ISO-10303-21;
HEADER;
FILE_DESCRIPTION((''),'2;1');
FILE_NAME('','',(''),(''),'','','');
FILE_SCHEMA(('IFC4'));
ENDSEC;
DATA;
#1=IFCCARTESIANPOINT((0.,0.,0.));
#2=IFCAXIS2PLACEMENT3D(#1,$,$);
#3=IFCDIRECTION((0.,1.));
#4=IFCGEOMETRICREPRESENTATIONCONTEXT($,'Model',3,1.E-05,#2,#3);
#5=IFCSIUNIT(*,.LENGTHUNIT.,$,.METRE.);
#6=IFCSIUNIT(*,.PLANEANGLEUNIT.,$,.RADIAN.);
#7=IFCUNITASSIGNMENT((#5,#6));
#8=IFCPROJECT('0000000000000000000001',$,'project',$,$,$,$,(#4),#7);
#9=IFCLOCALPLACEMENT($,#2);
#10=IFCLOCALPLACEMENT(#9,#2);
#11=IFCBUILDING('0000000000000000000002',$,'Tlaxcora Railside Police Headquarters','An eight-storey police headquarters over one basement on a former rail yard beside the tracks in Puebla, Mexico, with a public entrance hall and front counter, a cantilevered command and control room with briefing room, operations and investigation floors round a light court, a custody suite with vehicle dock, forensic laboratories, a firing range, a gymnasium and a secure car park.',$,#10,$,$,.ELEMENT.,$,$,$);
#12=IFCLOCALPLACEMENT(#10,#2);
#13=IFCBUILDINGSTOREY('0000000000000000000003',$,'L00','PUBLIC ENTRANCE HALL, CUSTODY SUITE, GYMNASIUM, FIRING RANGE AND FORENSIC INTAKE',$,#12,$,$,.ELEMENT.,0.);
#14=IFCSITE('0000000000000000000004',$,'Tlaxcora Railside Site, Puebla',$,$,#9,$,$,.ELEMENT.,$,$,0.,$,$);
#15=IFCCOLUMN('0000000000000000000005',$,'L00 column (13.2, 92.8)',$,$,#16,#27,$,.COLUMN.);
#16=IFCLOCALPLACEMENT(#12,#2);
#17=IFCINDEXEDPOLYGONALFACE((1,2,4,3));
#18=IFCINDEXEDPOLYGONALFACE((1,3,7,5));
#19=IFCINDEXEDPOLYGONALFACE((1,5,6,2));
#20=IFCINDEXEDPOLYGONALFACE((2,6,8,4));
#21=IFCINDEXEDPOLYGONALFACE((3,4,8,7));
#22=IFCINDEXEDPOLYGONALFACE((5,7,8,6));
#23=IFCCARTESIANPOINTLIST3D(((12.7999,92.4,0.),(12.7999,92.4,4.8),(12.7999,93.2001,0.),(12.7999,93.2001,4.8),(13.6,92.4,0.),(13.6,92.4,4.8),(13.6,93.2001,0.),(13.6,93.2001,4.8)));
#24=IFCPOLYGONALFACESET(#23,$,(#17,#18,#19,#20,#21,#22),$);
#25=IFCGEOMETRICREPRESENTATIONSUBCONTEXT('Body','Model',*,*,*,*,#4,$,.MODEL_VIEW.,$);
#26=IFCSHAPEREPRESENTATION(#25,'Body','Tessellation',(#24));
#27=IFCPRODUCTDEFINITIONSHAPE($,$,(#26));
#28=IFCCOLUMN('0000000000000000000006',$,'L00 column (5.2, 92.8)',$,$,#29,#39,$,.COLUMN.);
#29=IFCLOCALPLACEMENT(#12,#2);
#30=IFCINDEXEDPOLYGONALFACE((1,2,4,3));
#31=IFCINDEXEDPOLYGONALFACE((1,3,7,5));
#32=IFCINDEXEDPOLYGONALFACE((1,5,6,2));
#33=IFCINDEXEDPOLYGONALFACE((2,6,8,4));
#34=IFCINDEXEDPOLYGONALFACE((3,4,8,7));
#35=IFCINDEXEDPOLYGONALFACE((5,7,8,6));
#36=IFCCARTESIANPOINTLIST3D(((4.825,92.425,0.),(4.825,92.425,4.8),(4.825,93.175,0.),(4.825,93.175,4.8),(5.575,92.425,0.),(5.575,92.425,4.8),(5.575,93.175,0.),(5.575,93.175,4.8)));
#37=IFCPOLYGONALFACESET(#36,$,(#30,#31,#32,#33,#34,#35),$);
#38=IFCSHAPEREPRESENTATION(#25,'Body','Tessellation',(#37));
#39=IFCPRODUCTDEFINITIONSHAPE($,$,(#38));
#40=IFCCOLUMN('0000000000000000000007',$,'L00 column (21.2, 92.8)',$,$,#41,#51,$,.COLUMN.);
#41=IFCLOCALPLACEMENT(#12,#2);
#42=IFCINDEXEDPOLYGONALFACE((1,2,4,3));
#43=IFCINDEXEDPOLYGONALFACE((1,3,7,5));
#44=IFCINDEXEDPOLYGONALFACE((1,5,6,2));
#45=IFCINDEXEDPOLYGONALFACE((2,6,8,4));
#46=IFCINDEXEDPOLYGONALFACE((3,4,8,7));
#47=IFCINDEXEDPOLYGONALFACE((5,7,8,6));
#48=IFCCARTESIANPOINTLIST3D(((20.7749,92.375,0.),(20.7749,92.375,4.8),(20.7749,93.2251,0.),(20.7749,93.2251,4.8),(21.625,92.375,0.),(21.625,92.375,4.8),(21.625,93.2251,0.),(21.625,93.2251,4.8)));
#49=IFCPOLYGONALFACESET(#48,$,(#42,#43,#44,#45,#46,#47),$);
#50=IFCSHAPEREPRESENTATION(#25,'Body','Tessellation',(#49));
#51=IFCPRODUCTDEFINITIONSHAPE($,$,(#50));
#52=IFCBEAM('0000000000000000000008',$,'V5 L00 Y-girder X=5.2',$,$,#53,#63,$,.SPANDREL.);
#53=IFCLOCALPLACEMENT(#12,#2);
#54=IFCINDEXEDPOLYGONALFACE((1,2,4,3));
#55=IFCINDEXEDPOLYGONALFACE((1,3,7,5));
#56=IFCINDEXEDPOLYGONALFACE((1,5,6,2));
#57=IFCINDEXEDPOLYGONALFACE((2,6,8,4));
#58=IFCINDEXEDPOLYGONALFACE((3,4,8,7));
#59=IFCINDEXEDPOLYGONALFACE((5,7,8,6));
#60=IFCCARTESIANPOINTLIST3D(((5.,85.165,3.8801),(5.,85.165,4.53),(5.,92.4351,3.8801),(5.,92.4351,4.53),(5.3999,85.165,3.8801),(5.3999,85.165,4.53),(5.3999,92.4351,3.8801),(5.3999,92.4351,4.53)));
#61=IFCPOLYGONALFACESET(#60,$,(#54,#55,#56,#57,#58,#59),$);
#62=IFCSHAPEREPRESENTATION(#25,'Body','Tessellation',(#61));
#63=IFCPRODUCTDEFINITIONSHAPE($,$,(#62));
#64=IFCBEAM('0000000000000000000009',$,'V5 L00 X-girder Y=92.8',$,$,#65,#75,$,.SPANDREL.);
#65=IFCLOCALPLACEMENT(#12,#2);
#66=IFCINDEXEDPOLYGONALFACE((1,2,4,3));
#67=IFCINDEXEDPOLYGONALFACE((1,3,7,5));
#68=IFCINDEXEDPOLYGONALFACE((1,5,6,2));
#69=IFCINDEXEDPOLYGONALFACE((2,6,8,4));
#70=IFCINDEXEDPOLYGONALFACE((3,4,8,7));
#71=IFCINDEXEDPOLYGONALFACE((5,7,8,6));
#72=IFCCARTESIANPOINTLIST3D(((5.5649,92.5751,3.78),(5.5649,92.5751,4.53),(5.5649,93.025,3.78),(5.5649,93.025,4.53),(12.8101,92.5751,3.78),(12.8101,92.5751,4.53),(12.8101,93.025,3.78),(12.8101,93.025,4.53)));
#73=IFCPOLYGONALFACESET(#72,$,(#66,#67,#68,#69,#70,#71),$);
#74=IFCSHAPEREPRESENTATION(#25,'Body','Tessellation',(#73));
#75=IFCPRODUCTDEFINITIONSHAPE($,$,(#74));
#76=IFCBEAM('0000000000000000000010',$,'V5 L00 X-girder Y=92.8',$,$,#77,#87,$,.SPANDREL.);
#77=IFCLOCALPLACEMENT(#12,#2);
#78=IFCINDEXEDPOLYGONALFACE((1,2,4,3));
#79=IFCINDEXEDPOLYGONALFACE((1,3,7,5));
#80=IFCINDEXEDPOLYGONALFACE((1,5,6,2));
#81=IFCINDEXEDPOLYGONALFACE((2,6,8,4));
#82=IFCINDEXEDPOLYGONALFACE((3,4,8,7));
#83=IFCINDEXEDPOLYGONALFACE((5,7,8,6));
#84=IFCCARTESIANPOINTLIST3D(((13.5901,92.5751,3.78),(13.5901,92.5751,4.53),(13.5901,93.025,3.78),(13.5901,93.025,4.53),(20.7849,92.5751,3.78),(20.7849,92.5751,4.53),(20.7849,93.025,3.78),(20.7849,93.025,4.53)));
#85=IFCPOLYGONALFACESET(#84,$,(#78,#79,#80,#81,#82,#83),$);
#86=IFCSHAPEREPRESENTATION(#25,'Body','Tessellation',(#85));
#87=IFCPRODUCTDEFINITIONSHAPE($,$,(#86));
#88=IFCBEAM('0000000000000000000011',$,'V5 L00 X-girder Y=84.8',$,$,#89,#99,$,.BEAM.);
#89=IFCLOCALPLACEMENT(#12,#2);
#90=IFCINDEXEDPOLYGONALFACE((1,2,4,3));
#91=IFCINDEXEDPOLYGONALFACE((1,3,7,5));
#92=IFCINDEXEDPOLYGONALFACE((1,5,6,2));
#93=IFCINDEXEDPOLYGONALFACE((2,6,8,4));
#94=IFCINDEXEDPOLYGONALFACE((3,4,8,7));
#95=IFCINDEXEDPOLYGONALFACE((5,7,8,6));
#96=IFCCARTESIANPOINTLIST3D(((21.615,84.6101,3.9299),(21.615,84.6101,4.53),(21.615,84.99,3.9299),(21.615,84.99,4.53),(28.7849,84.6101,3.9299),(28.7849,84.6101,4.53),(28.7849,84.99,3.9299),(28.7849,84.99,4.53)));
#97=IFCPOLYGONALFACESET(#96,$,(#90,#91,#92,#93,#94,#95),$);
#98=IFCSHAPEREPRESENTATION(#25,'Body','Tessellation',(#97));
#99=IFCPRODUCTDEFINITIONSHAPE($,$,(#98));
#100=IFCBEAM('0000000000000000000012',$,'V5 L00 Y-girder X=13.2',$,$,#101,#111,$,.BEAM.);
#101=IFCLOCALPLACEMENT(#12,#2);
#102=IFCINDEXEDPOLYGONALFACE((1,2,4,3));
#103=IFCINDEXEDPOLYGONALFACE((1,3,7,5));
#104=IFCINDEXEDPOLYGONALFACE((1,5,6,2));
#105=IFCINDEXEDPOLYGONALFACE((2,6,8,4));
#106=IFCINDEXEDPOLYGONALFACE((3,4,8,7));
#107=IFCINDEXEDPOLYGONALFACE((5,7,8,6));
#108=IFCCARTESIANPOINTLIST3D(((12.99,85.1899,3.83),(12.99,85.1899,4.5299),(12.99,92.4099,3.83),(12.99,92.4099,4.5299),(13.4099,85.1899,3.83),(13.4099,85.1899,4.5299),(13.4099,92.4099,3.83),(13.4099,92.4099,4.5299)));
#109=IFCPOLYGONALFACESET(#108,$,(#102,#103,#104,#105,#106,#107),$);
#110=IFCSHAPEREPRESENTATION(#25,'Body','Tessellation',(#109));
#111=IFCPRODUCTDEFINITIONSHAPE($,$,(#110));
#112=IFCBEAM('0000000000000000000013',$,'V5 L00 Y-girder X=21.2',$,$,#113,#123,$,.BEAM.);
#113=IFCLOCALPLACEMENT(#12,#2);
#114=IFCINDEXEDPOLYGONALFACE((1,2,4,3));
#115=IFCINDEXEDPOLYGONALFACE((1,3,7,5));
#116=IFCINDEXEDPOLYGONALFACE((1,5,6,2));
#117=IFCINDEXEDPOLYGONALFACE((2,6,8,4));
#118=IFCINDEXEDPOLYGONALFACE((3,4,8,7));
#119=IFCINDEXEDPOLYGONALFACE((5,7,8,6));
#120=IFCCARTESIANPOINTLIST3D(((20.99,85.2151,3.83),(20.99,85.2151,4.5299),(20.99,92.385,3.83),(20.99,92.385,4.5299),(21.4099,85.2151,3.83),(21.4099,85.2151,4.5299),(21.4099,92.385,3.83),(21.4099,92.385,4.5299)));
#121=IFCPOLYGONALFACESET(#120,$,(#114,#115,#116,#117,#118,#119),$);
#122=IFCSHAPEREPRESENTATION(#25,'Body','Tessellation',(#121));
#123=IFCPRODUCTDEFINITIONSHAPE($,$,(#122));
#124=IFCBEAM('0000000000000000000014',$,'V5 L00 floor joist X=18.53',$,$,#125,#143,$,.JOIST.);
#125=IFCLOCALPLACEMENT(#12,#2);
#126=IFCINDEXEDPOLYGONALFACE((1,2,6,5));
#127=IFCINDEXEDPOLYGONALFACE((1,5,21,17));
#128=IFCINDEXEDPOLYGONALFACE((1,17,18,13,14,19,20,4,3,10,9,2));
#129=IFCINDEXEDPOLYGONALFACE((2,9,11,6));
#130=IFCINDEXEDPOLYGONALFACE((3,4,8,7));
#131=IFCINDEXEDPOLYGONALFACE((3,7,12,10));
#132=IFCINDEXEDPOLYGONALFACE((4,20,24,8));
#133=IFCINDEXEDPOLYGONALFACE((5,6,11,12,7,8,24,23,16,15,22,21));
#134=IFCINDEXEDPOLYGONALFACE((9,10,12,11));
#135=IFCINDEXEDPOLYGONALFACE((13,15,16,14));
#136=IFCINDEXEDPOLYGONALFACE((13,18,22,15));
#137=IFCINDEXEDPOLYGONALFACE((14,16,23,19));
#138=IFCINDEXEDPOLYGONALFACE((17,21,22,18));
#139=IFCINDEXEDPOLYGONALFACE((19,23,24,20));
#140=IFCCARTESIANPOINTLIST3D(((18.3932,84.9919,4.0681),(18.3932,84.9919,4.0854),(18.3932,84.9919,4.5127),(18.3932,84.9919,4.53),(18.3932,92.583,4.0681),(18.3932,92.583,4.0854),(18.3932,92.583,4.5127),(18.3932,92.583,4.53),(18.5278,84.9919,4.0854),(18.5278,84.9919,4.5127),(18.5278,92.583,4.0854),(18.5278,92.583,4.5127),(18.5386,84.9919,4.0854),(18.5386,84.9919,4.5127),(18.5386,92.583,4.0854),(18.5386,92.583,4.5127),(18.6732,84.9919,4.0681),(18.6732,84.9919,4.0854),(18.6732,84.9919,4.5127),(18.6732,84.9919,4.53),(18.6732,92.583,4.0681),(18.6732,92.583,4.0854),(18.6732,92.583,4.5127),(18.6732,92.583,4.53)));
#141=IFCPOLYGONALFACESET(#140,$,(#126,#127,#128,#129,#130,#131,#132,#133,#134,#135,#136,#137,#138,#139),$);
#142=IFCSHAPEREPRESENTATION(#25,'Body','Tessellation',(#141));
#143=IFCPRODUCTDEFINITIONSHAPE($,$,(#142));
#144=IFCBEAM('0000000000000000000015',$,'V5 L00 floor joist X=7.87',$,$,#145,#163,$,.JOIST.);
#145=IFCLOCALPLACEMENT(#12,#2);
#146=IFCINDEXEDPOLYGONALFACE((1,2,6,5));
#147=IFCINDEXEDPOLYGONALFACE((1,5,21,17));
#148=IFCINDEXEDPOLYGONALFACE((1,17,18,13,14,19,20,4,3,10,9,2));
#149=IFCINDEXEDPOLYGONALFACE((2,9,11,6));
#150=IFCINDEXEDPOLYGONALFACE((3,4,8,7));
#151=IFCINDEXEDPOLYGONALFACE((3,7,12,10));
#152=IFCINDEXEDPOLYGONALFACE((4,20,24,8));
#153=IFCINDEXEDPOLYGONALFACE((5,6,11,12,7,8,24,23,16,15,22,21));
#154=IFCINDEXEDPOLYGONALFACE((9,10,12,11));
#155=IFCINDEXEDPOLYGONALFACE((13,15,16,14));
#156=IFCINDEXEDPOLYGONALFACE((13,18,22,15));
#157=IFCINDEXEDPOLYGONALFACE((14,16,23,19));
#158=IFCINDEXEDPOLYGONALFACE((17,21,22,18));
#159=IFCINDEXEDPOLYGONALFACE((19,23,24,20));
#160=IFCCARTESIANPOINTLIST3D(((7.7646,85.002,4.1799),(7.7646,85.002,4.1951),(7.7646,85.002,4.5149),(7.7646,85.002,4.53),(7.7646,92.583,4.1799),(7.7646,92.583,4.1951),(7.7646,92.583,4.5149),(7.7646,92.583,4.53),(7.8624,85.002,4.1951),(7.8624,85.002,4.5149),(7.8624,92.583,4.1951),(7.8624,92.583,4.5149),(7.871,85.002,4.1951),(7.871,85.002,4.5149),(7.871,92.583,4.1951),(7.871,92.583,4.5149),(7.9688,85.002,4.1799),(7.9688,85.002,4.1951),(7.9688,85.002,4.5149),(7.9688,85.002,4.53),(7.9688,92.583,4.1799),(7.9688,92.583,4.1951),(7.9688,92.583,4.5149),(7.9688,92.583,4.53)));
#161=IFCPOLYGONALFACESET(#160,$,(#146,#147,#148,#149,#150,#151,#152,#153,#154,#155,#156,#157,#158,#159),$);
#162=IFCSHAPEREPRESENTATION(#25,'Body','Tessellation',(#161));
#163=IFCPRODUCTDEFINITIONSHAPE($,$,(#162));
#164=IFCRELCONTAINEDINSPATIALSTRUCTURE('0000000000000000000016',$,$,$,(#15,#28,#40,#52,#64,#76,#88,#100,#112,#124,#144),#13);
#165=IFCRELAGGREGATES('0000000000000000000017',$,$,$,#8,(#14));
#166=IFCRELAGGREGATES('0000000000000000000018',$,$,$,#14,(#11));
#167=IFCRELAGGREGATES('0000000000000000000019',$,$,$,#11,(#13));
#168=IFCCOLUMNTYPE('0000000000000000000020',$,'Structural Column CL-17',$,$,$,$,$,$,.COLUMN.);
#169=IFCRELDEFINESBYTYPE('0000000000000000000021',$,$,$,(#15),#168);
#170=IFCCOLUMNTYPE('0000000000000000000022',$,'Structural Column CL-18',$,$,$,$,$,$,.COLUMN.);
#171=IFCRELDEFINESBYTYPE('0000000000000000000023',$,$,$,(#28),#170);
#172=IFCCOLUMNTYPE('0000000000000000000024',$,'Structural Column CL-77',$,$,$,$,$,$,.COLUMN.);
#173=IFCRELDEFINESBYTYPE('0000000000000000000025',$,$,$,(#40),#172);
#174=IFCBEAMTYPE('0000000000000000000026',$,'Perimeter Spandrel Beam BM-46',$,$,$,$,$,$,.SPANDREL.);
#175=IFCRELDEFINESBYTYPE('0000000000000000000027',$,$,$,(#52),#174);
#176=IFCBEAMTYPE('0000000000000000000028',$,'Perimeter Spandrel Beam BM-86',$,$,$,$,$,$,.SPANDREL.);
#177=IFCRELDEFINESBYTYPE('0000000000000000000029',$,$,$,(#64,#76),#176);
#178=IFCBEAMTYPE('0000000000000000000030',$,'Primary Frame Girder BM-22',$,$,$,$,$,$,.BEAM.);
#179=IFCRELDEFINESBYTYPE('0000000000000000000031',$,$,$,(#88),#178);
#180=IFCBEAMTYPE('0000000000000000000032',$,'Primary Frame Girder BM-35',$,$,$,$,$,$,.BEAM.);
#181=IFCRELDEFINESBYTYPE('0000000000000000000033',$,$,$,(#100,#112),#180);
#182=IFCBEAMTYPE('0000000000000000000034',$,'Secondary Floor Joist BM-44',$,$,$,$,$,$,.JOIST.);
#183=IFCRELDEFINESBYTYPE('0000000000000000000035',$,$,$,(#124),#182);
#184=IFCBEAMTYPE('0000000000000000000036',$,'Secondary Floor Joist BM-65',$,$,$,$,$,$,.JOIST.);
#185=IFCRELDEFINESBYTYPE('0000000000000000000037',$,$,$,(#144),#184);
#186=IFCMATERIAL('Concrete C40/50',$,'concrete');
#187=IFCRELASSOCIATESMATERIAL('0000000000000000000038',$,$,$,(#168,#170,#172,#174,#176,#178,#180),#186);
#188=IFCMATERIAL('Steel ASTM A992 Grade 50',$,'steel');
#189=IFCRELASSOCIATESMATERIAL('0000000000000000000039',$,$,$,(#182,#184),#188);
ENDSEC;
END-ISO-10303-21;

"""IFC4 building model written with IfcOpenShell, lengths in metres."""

from ifc_helpers import new_model, si_unit, direction, frame, origin, origin_2d, place, context, subcontext, project, spatial, rectangle, i_section, extrude, material, material_profile, profile_set, type_object, element, save


model = new_model("IFC4")

# Units and contexts
model_context = context("Model", 3, precision=1e-05, world=origin(), true_north=direction((0.0, 1.0)))
body_context = subcontext(model_context, "Body", "Model", "MODEL_VIEW")
ifc_project = project(units=[si_unit("LENGTHUNIT", "METRE"), si_unit("PLANEANGLEUNIT", "RADIAN")], contexts=[model_context])

# Site, building, storey
site_placement = place(None, origin())
site = spatial("IfcSite", under=ifc_project, at=site_placement, Name="Tlaxcora Railside Site, Puebla", CompositionType="ELEMENT", RefElevation=0.0)
building_placement = place(site_placement, origin())
building = spatial("IfcBuilding", under=site, at=building_placement, Name="Tlaxcora Railside Police Headquarters", Description="An eight-storey police headquarters over one basement on a former rail yard beside the tracks in Puebla, Mexico, with a public entrance hall and front counter, a cantilevered command and control room with briefing room, operations and investigation floors round a light court, a custody suite with vehicle dock, forensic laboratories, a firing range, a gymnasium and a secure car park.", CompositionType="ELEMENT")
storey_placement = place(building_placement, origin())
storey = spatial("IfcBuildingStorey", under=building, at=storey_placement, Name="L00", Description="PUBLIC ENTRANCE HALL, CUSTODY SUITE, GYMNASIUM, FIRING RANGE AND FORENSIC INTAKE", CompositionType="ELEMENT", Elevation=0.0)

# Columns
ifc_material_1 = material(Name="Concrete C40/50", Category="concrete")
ifc_material_profile_1 = material_profile(ifc_material_1, rectangle(XDim=0.8, YDim=0.8, at=origin_2d()), Name="RC800X800")
ifc_profile_set_1 = profile_set([ifc_material_profile_1], Name="Concrete C40/50")
column_type_1 = type_object("IfcColumnType", Name="Structural Column CL-17", PredefinedType="COLUMN", material=ifc_profile_set_1)
column_1_placement = place(storey_placement, frame((13.2, 92.8, 0.0), z_axis=(0.0, 0.0, 1.0), x_axis=(1.0, 0.0, 0.0)))
element("IfcColumn", 1, at=column_1_placement, inside=storey, type_object=column_type_1, Name="L00 column (13.2, 92.8)", PredefinedType="COLUMN", context=body_context, shape_type="SweptSolid", body=[
    extrude(rectangle(XDim=0.8, YDim=0.8, at=origin_2d()), origin(), (0.0, 0.0, 1.0), 4.8),
])
ifc_material_profile_2 = material_profile(ifc_material_1, rectangle(XDim=0.75, YDim=0.75, at=origin_2d()), Name="RC750X750")
ifc_profile_set_2 = profile_set([ifc_material_profile_2], Name="Concrete C40/50")
column_type_2 = type_object("IfcColumnType", Name="Structural Column CL-18", PredefinedType="COLUMN", material=ifc_profile_set_2)
column_2_placement = place(storey_placement, frame((5.2, 92.8, 0.0), z_axis=(0.0, 0.0, 1.0), x_axis=(1.0, 0.0, 0.0)))
element("IfcColumn", 2, at=column_2_placement, inside=storey, type_object=column_type_2, Name="L00 column (5.2, 92.8)", PredefinedType="COLUMN", context=body_context, shape_type="SweptSolid", body=[
    extrude(rectangle(XDim=0.75, YDim=0.75, at=origin_2d()), origin(), (0.0, 0.0, 1.0), 4.8),
])
ifc_material_profile_3 = material_profile(ifc_material_1, rectangle(XDim=0.8501, YDim=0.8501, at=origin_2d()), Name="RC850X850")
ifc_profile_set_3 = profile_set([ifc_material_profile_3], Name="Concrete C40/50")
column_type_3 = type_object("IfcColumnType", Name="Structural Column CL-77", PredefinedType="COLUMN", material=ifc_profile_set_3)
column_3_placement = place(storey_placement, frame((21.2, 92.8, 0.0), z_axis=(0.0, 0.0, 1.0), x_axis=(1.0, 0.0, 0.0)))
element("IfcColumn", 3, at=column_3_placement, inside=storey, type_object=column_type_3, Name="L00 column (21.2, 92.8)", PredefinedType="COLUMN", context=body_context, shape_type="SweptSolid", body=[
    extrude(rectangle(XDim=0.8501, YDim=0.8501, at=origin_2d()), origin(), (0.0, 0.0, 1.0), 4.8),
])

# Beams
ifc_material_profile_4 = material_profile(ifc_material_1, rectangle(XDim=0.3999, YDim=0.6499, at=origin_2d()), Name="RC400X650")
ifc_profile_set_4 = profile_set([ifc_material_profile_4], Name="Concrete C40/50")
beam_type_1 = type_object("IfcBeamType", Name="Perimeter Spandrel Beam BM-46", PredefinedType="SPANDREL", material=ifc_profile_set_4)
beam_1_placement = place(storey_placement, frame((5.2, 85.165, 4.2051), z_axis=(0.0, 1.0, 0.0), x_axis=(-1.0, 0.0, 0.0)))
element("IfcBeam", 4, at=beam_1_placement, inside=storey, type_object=beam_type_1, Name="V5 L00 Y-girder X=5.2", PredefinedType="SPANDREL", context=body_context, shape_type="SweptSolid", body=[
    extrude(rectangle(XDim=0.3999, YDim=0.6499, at=origin_2d()), origin(), (0.0, 0.0, 1.0), 7.27),
])
ifc_material_profile_5 = material_profile(ifc_material_1, rectangle(XDim=0.45, YDim=0.75, at=origin_2d()), Name="RC450X750")
ifc_profile_set_5 = profile_set([ifc_material_profile_5], Name="Concrete C40/50")
beam_type_2 = type_object("IfcBeamType", Name="Perimeter Spandrel Beam BM-86", PredefinedType="SPANDREL", material=ifc_profile_set_5)
beam_2_placement = place(storey_placement, frame((5.5649, 92.8, 4.155), z_axis=(1.0, 0.0, 0.0), x_axis=(0.0, 1.0, 0.0)))
element("IfcBeam", 5, at=beam_2_placement, inside=storey, type_object=beam_type_2, Name="V5 L00 X-girder Y=92.8", PredefinedType="SPANDREL", context=body_context, shape_type="SweptSolid", body=[
    extrude(rectangle(XDim=0.45, YDim=0.75, at=origin_2d()), origin(), (0.0, 0.0, 1.0), 7.2451),
])
beam_3_placement = place(storey_placement, frame((13.5901, 92.8, 4.155), z_axis=(1.0, 0.0, 0.0), x_axis=(0.0, 1.0, 0.0)))
element("IfcBeam", 6, at=beam_3_placement, inside=storey, type_object=beam_type_2, Name="V5 L00 X-girder Y=92.8", PredefinedType="SPANDREL", context=body_context, shape_type="SweptSolid", body=[
    extrude(rectangle(XDim=0.45, YDim=0.75, at=origin_2d()), origin(), (0.0, 0.0, 1.0), 7.1948),
])
ifc_material_profile_6 = material_profile(ifc_material_1, rectangle(XDim=0.3799, YDim=0.6001, at=origin_2d()), Name="RC380X600")
ifc_profile_set_6 = profile_set([ifc_material_profile_6], Name="Concrete C40/50")
beam_type_3 = type_object("IfcBeamType", Name="Primary Frame Girder BM-22", PredefinedType="BEAM", material=ifc_profile_set_6)
beam_4_placement = place(storey_placement, frame((21.615, 84.8, 4.23), z_axis=(1.0, 0.0, 0.0), x_axis=(0.0, 1.0, 0.0)))
element("IfcBeam", 7, at=beam_4_placement, inside=storey, type_object=beam_type_3, Name="V5 L00 X-girder Y=84.8", PredefinedType="BEAM", context=body_context, shape_type="SweptSolid", body=[
    extrude(rectangle(XDim=0.3799, YDim=0.6001, at=origin_2d()), origin(), (0.0, 0.0, 1.0), 7.1699),
])
ifc_material_profile_7 = material_profile(ifc_material_1, rectangle(XDim=0.4199, YDim=0.7, at=origin_2d()), Name="RC420X700")
ifc_profile_set_7 = profile_set([ifc_material_profile_7], Name="Concrete C40/50")
beam_type_4 = type_object("IfcBeamType", Name="Primary Frame Girder BM-35", PredefinedType="BEAM", material=ifc_profile_set_7)
beam_5_placement = place(storey_placement, frame((13.2, 85.1899, 4.1799), z_axis=(0.0, 1.0, 0.0), x_axis=(-1.0, 0.0, 0.0)))
element("IfcBeam", 8, at=beam_5_placement, inside=storey, type_object=beam_type_4, Name="V5 L00 Y-girder X=13.2", PredefinedType="BEAM", context=body_context, shape_type="SweptSolid", body=[
    extrude(rectangle(XDim=0.4199, YDim=0.7, at=origin_2d()), origin(), (0.0, 0.0, 1.0), 7.22),
])
beam_6_placement = place(storey_placement, frame((21.2, 85.2151, 4.1799), z_axis=(0.0, 1.0, 0.0), x_axis=(-1.0, 0.0, 0.0)))
element("IfcBeam", 9, at=beam_6_placement, inside=storey, type_object=beam_type_4, Name="V5 L00 Y-girder X=21.2", PredefinedType="BEAM", context=body_context, shape_type="SweptSolid", body=[
    extrude(rectangle(XDim=0.4199, YDim=0.7, at=origin_2d()), origin(), (0.0, 0.0, 1.0), 7.1699),
])
ifc_material_2 = material(Name="Steel ASTM A992 Grade 50", Category="steel")
ifc_material_profile_8 = material_profile(ifc_material_2, i_section(OverallWidth=0.28, OverallDepth=0.4619, WebThickness=0.0107, FlangeThickness=0.0173, at=origin_2d()), Name="W18X76")
ifc_profile_set_8 = profile_set([ifc_material_profile_8], Name="Steel ASTM A992 Grade 50")
beam_type_5 = type_object("IfcBeamType", Name="Secondary Floor Joist BM-44", PredefinedType="JOIST", material=ifc_profile_set_8)
beam_7_placement = place(storey_placement, frame((18.5332, 84.9919, 4.2991), z_axis=(0.0, 1.0, 0.0), x_axis=(-1.0, 0.0, 0.0)))
element("IfcBeam", 10, at=beam_7_placement, inside=storey, type_object=beam_type_5, Name="V5 L00 floor joist X=18.53", PredefinedType="JOIST", context=body_context, shape_type="SweptSolid", body=[
    extrude(i_section(OverallWidth=0.28, OverallDepth=0.4619, WebThickness=0.0107, FlangeThickness=0.0173, at=origin_2d()), origin(), (0.0, 0.0, 1.0), 7.5911),
])
ifc_material_profile_9 = material_profile(ifc_material_2, i_section(OverallWidth=0.2041, OverallDepth=0.3501, WebThickness=0.0085, FlangeThickness=0.0151, at=origin_2d()), Name="W14X48")
ifc_profile_set_9 = profile_set([ifc_material_profile_9], Name="Steel ASTM A992 Grade 50")
beam_type_6 = type_object("IfcBeamType", Name="Secondary Floor Joist BM-65", PredefinedType="JOIST", material=ifc_profile_set_9)
beam_8_placement = place(storey_placement, frame((7.8667, 85.002, 4.355), z_axis=(0.0, 1.0, 0.0), x_axis=(-1.0, 0.0, 0.0)))
element("IfcBeam", 11, at=beam_8_placement, inside=storey, type_object=beam_type_6, Name="V5 L00 floor joist X=7.87", PredefinedType="JOIST", context=body_context, shape_type="SweptSolid", body=[
    extrude(i_section(OverallWidth=0.2041, OverallDepth=0.3501, WebThickness=0.0085, FlangeThickness=0.0151, at=origin_2d()), origin(), (0.0, 0.0, 1.0), 7.5811),
])

save(model, "model.ifc")
